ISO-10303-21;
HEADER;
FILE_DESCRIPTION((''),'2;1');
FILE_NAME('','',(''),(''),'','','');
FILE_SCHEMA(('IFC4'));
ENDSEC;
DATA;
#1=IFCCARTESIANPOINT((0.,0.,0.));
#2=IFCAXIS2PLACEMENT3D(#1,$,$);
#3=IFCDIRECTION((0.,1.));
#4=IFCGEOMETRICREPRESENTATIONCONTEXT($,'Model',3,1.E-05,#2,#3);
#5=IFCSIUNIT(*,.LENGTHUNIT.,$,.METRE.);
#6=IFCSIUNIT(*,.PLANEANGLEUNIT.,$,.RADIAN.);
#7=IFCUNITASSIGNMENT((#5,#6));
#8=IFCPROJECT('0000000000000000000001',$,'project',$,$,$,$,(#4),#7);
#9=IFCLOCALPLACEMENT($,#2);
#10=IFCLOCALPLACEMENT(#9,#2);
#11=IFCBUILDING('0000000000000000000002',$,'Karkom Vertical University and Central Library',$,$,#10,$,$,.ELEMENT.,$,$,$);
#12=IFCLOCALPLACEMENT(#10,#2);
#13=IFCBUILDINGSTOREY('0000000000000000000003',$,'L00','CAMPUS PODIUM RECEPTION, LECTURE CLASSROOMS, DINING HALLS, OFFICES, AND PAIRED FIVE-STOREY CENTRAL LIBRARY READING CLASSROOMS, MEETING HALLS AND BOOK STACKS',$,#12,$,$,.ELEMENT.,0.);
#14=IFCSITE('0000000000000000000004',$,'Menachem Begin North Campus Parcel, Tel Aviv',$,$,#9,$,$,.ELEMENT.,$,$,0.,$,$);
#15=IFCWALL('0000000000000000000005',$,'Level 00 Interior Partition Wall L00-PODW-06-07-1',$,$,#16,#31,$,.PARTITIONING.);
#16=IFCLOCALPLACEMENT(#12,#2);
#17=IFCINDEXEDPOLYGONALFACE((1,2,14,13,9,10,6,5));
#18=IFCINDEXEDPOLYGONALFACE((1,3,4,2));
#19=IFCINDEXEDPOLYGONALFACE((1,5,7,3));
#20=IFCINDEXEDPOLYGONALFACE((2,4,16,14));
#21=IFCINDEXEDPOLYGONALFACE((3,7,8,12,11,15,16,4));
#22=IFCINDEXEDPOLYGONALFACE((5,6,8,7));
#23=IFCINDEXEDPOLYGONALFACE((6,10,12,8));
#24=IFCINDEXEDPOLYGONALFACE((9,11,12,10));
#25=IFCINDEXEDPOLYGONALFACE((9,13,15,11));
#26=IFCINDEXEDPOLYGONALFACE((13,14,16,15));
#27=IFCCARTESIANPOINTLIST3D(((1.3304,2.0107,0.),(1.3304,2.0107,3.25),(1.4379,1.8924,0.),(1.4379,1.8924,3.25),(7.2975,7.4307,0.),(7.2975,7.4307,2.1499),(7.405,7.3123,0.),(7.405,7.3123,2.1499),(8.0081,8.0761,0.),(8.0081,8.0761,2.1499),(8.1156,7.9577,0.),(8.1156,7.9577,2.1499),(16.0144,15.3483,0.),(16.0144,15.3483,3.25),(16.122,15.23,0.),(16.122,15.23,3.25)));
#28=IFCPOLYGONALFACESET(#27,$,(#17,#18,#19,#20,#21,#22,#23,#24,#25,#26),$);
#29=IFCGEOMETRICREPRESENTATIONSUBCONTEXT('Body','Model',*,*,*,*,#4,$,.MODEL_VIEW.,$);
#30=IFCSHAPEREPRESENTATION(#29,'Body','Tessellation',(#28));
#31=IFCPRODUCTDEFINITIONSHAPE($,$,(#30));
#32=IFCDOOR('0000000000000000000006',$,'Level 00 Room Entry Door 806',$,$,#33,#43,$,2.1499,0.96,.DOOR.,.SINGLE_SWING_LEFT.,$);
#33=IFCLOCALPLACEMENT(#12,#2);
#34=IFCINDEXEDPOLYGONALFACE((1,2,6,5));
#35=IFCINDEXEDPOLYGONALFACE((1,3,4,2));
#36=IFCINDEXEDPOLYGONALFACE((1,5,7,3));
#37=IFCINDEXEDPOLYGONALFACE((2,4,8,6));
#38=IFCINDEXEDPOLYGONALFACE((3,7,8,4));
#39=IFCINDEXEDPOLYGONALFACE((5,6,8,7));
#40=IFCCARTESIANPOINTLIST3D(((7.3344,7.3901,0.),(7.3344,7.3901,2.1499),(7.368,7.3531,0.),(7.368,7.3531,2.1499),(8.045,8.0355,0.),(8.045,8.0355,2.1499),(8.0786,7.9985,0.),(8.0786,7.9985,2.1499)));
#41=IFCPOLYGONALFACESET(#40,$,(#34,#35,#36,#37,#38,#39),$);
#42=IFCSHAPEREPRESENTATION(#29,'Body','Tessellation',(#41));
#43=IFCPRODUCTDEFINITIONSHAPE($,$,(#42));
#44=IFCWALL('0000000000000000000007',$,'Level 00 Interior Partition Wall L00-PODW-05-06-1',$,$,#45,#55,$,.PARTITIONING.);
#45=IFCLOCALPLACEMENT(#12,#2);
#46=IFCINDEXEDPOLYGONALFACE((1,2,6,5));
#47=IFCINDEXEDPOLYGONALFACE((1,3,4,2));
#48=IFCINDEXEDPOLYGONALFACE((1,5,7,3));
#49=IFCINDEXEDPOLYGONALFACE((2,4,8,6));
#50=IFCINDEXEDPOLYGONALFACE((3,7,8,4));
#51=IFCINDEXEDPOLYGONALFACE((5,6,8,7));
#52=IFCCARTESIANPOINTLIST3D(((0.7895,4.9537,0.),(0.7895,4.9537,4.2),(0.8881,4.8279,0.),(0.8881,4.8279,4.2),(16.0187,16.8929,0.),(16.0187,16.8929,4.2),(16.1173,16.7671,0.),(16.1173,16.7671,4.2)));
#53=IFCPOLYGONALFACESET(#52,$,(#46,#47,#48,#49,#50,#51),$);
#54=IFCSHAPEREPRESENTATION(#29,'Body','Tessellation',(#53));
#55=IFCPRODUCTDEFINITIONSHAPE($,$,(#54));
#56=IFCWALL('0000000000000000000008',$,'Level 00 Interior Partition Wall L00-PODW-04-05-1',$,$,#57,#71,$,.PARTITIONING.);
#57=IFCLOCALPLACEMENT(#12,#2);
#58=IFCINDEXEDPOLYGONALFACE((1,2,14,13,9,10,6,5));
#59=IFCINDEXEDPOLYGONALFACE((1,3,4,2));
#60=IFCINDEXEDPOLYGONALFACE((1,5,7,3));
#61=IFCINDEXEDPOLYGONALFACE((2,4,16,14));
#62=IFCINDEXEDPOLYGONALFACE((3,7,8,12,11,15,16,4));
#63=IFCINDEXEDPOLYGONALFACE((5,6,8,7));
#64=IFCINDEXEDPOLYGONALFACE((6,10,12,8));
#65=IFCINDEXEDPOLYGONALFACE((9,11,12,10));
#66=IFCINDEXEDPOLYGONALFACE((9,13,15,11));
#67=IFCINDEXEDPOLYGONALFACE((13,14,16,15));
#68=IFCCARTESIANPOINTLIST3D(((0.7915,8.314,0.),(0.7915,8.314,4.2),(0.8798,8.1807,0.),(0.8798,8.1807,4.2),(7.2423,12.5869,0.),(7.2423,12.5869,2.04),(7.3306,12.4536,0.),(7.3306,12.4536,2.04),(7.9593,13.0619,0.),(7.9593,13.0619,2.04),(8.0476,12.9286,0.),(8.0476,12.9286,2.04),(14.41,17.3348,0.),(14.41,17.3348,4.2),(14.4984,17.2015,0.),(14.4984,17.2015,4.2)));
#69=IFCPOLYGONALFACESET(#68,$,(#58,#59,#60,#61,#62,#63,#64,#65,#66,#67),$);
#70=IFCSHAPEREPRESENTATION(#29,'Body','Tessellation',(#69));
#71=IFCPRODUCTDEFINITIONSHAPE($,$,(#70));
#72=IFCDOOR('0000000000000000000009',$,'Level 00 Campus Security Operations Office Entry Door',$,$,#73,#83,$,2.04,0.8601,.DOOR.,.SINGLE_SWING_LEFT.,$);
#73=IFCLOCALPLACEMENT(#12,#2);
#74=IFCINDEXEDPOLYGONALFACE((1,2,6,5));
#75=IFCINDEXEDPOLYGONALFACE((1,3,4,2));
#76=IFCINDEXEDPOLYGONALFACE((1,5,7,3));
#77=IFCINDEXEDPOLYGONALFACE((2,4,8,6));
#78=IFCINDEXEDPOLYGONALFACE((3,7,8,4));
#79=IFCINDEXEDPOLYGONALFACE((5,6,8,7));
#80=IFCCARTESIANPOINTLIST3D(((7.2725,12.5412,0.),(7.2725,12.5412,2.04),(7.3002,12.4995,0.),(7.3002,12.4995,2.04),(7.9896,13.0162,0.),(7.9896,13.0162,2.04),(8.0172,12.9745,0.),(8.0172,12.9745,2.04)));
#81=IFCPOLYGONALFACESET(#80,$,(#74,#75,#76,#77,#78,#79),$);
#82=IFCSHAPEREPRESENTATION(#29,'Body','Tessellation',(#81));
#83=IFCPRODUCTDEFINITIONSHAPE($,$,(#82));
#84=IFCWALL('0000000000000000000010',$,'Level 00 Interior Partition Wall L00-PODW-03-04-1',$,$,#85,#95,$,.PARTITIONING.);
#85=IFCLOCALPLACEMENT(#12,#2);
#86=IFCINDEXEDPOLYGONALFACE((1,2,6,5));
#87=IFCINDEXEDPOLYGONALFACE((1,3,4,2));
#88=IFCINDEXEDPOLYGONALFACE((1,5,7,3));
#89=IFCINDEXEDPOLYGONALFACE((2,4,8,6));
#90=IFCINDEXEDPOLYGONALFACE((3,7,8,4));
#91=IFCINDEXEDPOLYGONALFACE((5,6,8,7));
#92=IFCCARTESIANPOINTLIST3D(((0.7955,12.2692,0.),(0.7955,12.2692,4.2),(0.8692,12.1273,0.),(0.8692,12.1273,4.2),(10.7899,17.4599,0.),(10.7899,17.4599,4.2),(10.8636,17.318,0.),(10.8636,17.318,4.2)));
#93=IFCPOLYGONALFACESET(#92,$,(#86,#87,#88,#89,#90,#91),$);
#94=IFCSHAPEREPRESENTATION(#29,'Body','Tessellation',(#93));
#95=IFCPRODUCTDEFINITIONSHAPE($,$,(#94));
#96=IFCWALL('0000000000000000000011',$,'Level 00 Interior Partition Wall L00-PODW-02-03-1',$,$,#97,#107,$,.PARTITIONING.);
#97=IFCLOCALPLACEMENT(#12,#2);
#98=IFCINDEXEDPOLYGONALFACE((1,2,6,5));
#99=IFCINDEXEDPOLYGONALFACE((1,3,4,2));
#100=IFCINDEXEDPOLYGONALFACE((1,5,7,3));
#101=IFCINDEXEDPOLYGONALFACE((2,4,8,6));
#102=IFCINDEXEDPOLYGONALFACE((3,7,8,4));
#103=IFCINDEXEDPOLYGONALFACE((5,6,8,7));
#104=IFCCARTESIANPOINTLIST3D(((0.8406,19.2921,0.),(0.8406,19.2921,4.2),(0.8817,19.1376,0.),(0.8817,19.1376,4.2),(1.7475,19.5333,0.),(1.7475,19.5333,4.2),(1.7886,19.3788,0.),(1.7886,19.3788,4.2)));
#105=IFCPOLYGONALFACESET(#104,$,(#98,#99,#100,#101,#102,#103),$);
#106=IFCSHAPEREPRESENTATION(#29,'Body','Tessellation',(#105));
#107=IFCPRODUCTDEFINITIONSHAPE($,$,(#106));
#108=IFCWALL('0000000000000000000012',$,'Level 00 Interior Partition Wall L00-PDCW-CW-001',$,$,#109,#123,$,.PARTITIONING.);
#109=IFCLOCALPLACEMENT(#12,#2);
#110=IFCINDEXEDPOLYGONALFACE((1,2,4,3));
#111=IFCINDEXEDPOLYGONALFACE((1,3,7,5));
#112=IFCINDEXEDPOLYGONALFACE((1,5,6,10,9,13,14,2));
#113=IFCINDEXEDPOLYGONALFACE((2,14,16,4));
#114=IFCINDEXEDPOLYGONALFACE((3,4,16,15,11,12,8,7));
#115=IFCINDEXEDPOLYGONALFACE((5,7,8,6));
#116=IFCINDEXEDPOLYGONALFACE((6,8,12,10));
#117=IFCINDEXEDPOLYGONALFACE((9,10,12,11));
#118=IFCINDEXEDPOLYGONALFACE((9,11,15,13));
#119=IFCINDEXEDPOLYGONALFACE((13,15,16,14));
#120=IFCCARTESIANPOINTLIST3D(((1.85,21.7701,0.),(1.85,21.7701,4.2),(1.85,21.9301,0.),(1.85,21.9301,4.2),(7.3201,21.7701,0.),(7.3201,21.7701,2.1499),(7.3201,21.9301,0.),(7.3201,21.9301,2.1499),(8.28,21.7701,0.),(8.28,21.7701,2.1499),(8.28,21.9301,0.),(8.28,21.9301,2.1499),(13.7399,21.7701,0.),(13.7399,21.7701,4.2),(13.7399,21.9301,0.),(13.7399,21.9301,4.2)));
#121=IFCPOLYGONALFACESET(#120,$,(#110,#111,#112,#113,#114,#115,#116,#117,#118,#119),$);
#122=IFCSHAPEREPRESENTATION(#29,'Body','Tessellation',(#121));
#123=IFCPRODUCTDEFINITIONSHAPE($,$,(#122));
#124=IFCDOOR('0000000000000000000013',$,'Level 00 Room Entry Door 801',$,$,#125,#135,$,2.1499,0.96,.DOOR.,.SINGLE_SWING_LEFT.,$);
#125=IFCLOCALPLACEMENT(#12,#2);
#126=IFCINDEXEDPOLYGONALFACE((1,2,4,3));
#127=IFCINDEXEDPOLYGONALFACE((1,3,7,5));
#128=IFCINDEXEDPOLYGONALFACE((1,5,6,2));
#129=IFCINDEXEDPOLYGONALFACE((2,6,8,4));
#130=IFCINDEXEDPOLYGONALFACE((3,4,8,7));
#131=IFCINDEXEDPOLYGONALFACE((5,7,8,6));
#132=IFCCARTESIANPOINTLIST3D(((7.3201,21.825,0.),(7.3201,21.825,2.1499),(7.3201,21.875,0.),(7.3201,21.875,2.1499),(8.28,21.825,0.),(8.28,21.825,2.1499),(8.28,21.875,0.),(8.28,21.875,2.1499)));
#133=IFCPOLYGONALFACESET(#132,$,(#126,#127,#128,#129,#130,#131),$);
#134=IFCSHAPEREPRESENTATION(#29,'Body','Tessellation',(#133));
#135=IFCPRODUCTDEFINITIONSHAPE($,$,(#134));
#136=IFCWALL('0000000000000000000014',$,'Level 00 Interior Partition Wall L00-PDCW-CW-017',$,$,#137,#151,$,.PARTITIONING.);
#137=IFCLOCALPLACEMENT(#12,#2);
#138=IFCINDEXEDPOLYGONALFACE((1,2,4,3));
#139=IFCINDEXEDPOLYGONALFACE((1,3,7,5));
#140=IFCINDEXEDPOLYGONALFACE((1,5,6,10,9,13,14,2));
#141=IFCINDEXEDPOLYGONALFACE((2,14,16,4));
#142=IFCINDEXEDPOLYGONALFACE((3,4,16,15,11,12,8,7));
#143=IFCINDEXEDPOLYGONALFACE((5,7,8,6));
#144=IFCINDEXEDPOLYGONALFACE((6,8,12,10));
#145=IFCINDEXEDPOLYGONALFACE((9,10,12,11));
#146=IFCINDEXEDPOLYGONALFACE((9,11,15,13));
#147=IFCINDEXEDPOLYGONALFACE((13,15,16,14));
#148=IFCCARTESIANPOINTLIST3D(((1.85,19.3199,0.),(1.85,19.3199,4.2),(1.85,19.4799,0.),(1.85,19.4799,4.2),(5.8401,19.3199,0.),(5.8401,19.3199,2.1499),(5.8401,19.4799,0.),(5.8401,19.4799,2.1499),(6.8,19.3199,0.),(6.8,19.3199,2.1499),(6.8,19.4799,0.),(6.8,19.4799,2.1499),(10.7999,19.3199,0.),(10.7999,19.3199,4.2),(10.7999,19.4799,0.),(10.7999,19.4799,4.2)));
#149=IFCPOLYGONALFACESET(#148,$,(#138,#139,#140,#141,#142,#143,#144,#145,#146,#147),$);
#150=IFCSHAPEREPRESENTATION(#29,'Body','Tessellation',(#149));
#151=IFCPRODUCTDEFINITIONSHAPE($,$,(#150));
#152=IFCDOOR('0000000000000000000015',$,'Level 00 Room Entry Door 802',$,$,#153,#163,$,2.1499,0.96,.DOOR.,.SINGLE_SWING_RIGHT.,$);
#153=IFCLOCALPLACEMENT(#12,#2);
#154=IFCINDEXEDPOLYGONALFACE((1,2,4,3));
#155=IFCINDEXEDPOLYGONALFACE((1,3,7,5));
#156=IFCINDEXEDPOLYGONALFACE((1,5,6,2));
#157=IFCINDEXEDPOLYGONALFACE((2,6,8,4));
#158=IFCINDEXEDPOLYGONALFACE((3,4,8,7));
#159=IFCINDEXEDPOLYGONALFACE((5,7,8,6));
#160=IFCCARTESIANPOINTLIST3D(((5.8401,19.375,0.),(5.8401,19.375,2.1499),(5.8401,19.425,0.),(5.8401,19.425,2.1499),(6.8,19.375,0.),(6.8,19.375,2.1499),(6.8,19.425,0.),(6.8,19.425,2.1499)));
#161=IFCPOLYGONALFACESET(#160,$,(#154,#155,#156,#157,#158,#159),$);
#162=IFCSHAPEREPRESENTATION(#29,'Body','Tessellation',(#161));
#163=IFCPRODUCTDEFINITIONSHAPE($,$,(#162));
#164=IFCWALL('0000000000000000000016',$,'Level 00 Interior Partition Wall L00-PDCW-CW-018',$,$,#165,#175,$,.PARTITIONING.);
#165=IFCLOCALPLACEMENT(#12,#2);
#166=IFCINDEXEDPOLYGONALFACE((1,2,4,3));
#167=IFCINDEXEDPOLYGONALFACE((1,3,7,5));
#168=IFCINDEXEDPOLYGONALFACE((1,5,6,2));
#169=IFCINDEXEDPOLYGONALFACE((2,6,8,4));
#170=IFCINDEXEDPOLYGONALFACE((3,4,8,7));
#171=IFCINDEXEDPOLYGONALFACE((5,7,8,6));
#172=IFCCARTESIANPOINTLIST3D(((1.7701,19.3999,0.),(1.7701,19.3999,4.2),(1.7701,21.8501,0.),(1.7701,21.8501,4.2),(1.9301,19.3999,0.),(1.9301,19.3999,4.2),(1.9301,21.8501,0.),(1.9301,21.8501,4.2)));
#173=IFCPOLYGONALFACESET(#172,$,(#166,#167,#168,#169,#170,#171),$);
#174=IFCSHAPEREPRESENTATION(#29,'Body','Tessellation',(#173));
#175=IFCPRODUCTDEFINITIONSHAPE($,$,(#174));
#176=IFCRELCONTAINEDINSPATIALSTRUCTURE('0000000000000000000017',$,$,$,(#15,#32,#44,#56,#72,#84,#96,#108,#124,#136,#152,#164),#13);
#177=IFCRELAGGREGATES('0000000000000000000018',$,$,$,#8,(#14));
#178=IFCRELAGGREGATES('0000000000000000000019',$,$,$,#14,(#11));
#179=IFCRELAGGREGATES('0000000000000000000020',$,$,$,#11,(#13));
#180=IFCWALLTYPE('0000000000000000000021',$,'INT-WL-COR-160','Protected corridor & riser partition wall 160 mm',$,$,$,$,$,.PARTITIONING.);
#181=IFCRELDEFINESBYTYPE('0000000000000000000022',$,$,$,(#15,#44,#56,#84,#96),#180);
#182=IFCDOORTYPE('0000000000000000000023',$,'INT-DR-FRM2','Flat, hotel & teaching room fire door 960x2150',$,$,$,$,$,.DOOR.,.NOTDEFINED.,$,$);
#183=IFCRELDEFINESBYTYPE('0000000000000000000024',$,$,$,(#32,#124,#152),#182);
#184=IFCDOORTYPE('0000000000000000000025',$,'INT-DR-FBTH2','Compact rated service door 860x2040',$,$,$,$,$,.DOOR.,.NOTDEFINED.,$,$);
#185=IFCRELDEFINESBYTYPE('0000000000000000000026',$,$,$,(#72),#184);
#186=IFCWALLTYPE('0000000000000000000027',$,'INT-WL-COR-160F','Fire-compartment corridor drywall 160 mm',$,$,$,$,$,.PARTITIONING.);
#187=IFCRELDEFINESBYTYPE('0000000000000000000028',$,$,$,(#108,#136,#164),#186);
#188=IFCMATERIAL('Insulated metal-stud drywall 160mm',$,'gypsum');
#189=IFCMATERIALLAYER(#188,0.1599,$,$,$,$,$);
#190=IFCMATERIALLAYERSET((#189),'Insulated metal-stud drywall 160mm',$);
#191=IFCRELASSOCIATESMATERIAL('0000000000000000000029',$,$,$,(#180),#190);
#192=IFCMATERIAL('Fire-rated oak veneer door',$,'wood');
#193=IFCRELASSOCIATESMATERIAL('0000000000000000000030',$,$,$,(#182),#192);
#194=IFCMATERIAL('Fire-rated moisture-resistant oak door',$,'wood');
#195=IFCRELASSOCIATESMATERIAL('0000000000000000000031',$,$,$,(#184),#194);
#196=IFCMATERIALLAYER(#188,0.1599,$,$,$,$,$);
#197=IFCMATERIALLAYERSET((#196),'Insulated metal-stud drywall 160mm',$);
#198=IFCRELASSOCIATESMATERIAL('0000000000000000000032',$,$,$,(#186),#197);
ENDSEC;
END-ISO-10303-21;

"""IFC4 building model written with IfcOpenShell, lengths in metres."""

from ifc_helpers import new_model, si_unit, direction, frame, frame_2d, origin, origin_with_axes, place, context, subcontext, project, spatial, rectangle, extrude, source, transform, mapped, material, layer, layer_set, type_object, element, fill, save


model = new_model("IFC4")

# Units and contexts
model_context = context("Model", 3, precision=1e-05, world=origin(), true_north=direction((0.0, 1.0)))
body_context = subcontext(model_context, "Body", "Model", "MODEL_VIEW")
ifc_project = project(units=[si_unit("LENGTHUNIT", "METRE"), si_unit("PLANEANGLEUNIT", "RADIAN")], contexts=[model_context])

# Site, building, storey
site_placement = place(None, origin())
site = spatial("IfcSite", under=ifc_project, at=site_placement, Name="Menachem Begin North Campus Parcel, Tel Aviv", CompositionType="ELEMENT", RefElevation=0.0)
building_placement = place(site_placement, origin())
building = spatial("IfcBuilding", under=site, at=building_placement, Name="Karkom Vertical University and Central Library", CompositionType="ELEMENT")
storey_placement = place(building_placement, origin())
storey = spatial("IfcBuildingStorey", under=building, at=storey_placement, Name="L00", Description="CAMPUS PODIUM RECEPTION, LECTURE CLASSROOMS, DINING HALLS, OFFICES, AND PAIRED FIVE-STOREY CENTRAL LIBRARY READING CLASSROOMS, MEETING HALLS AND BOOK STACKS", CompositionType="ELEMENT", Elevation=0.0)

# Wall, opening, door
ifc_material_1 = material(Name="Insulated metal-stud drywall 160mm", Category="gypsum")
ifc_layer_1 = layer(ifc_material_1, 0.1599)
ifc_layer_set_1 = layer_set([ifc_layer_1], Name="Insulated metal-stud drywall 160mm")
wall_type_1 = type_object("IfcWallType", Name="INT-WL-COR-160", Description="Protected corridor & riser partition wall 160 mm", PredefinedType="PARTITIONING", material=ifc_layer_set_1)
wall_1_placement = place(storey_placement, frame((16.0681, 15.2891, 0.0), z_axis=(0.0, 0.0, 1.0), x_axis=(-0.740229, -0.672355, 0.0)))
wall_1 = element("IfcWall", 1, at=wall_1_placement, inside=storey, type_object=wall_type_1, Name="Level 00 Interior Partition Wall L00-PODW-06-07-1", PredefinedType="PARTITIONING", context=body_context, shape_type="SweptSolid", body=[
    extrude(rectangle(XDim=19.8372, YDim=0.1599, at=frame_2d((9.9185, 0.0))), origin(), (0.0, 0.0, 1.0), 3.25),
])
opening_1_placement = place(wall_1_placement, frame((10.8159, 0.0, 0.0)))
opening_1 = element("IfcOpeningElement", 2, at=opening_1_placement, cuts=wall_1, PredefinedType="OPENING", context=body_context, shape_type="SweptSolid", body=[
    extrude(rectangle(XDim=0.96, YDim=2.1499, at=frame_2d((0.48, 1.075))), frame((0.0, 0.0898, 0.0), z_axis=(0.0, -1.0, 0.0), x_axis=(1.0, 0.0, 0.0)), (0.0, 0.0, 1.0), 0.1799),
])
ifc_material_2 = material(Name="Fire-rated oak veneer door", Category="wood")
door_type_1 = type_object("IfcDoorType", Name="INT-DR-FRM2", Description="Flat, hotel & teaching room fire door 960x2150", OperationType="NOTDEFINED", PredefinedType="DOOR", material=ifc_material_2)
shared_shape_1 = source(origin_with_axes(), body_context, "Body", "SweptSolid", [
    extrude(rectangle(XDim=0.96, YDim=2.1499, at=frame_2d((0.48, 1.075))), frame((0.0, 0.0249, 0.0), z_axis=(0.0, -1.0, 0.0), x_axis=(1.0, 0.0, 0.0)), (0.0, 0.0, 1.0), 0.05),
])
door_1_placement = place(opening_1_placement, origin())
door_1 = element("IfcDoor", 3, at=door_1_placement, inside=storey, type_object=door_type_1, Name="Level 00 Room Entry Door 806", OperationType="SINGLE_SWING_LEFT", OverallHeight=2.1499, OverallWidth=0.96, PredefinedType="DOOR", context=body_context, shape_type="MappedRepresentation", body=[
    mapped(shared_shape_1, transform((0.0, 0.0, 0.0), scale=1.0)),
])
fill(opening_1, door_1)

# Wall
wall_2_placement = place(storey_placement, frame((16.0681, 16.8301, 0.0), z_axis=(0.0, 0.0, 1.0), x_axis=(-0.786986, -0.61697, 0.0)))
element("IfcWall", 4, at=wall_2_placement, inside=storey, type_object=wall_type_1, Name="Level 00 Interior Partition Wall L00-PODW-05-06-1", PredefinedType="PARTITIONING", context=body_context, shape_type="SweptSolid", body=[
    extrude(rectangle(XDim=19.3513, YDim=0.1599, at=frame_2d((9.6758, 0.0))), origin(), (0.0, 0.0, 1.0), 4.2),
])

# Wall, opening, door
wall_3_placement = place(storey_placement, frame((14.4541, 17.2681, 0.0), z_axis=(0.0, 0.0, 1.0), x_axis=(-0.833691, -0.552232, 0.0)))
wall_3 = element("IfcWall", 5, at=wall_3_placement, inside=storey, type_object=wall_type_1, Name="Level 00 Interior Partition Wall L00-PODW-04-05-1", PredefinedType="PARTITIONING", context=body_context, shape_type="SweptSolid", body=[
    extrude(rectangle(XDim=16.3352, YDim=0.1599, at=frame_2d((8.1675, 0.0))), origin(), (0.0, 0.0, 1.0), 4.2),
])
opening_2_placement = place(wall_3_placement, frame((7.7373, 0.0, 0.0)))
opening_2 = element("IfcOpeningElement", 6, at=opening_2_placement, cuts=wall_3, PredefinedType="OPENING", context=body_context, shape_type="SweptSolid", body=[
    extrude(rectangle(XDim=0.8601, YDim=2.04, at=frame_2d((0.4302, 1.02))), frame((0.0, 0.0898, 0.0), z_axis=(0.0, -1.0, 0.0), x_axis=(1.0, 0.0, 0.0)), (0.0, 0.0, 1.0), 0.1799),
])
ifc_material_3 = material(Name="Fire-rated moisture-resistant oak door", Category="wood")
door_type_2 = type_object("IfcDoorType", Name="INT-DR-FBTH2", Description="Compact rated service door 860x2040", OperationType="NOTDEFINED", PredefinedType="DOOR", material=ifc_material_3)
shared_shape_2 = source(origin_with_axes(), body_context, "Body", "SweptSolid", [
    extrude(rectangle(XDim=0.8601, YDim=2.04, at=frame_2d((0.4302, 1.02))), frame((0.0, 0.0249, 0.0), z_axis=(0.0, -1.0, 0.0), x_axis=(1.0, 0.0, 0.0)), (0.0, 0.0, 1.0), 0.05),
])
door_2_placement = place(opening_2_placement, origin())
door_2 = element("IfcDoor", 7, at=door_2_placement, inside=storey, type_object=door_type_2, Name="Level 00 Campus Security Operations Office Entry Door", OperationType="SINGLE_SWING_LEFT", OverallHeight=2.04, OverallWidth=0.8601, PredefinedType="DOOR", context=body_context, shape_type="MappedRepresentation", body=[
    mapped(shared_shape_2, transform((0.0, 0.0, 0.0), scale=1.0)),
])
fill(opening_2, door_2)

# Walls
wall_4_placement = place(storey_placement, frame((10.8267, 17.3889, 0.0), z_axis=(0.0, 0.0, 1.0), x_axis=(-0.88745, -0.460905, 0.0)))
element("IfcWall", 8, at=wall_4_placement, inside=storey, type_object=wall_type_1, Name="Level 00 Interior Partition Wall L00-PODW-03-04-1", PredefinedType="PARTITIONING", context=body_context, shape_type="SweptSolid", body=[
    extrude(rectangle(XDim=11.262, YDim=0.1599, at=frame_2d((5.6309, 0.0))), origin(), (0.0, 0.0, 1.0), 4.2),
])
wall_5_placement = place(storey_placement, frame((1.7681, 19.4561, 0.0), z_axis=(0.0, 0.0, 1.0), x_axis=(-0.966407, -0.257015, 0.0)))
element("IfcWall", 9, at=wall_5_placement, inside=storey, type_object=wall_type_1, Name="Level 00 Interior Partition Wall L00-PODW-02-03-1", PredefinedType="PARTITIONING", context=body_context, shape_type="SweptSolid", body=[
    extrude(rectangle(XDim=0.9385, YDim=0.1599, at=frame_2d((0.4692, 0.0))), origin(), (0.0, 0.0, 1.0), 4.2),
])

# Walls, openings, doors
ifc_layer_2 = layer(ifc_material_1, 0.1599)
ifc_layer_set_2 = layer_set([ifc_layer_2], Name="Insulated metal-stud drywall 160mm")
wall_type_2 = type_object("IfcWallType", Name="INT-WL-COR-160F", Description="Fire-compartment corridor drywall 160 mm", PredefinedType="PARTITIONING", material=ifc_layer_set_2)
wall_6_placement = place(storey_placement, frame((1.8501, 21.8501, 0.0), z_axis=(0.0, 0.0, 1.0), x_axis=(1.0, 0.0, 0.0)))
wall_6 = element("IfcWall", 10, at=wall_6_placement, inside=storey, type_object=wall_type_2, Name="Level 00 Interior Partition Wall L00-PDCW-CW-001", PredefinedType="PARTITIONING", context=body_context, shape_type="SweptSolid", body=[
    extrude(rectangle(XDim=11.8899, YDim=0.1599, at=frame_2d((5.9448, 0.0))), origin(), (0.0, 0.0, 1.0), 4.2),
])
opening_3_placement = place(wall_6_placement, frame((5.47, 0.0, 0.0)))
opening_3 = element("IfcOpeningElement", 11, at=opening_3_placement, cuts=wall_6, PredefinedType="OPENING", context=body_context, shape_type="SweptSolid", body=[
    extrude(rectangle(XDim=0.96, YDim=2.1499, at=frame_2d((0.48, 1.075))), frame((0.0, 0.0898, 0.0), z_axis=(0.0, -1.0, 0.0), x_axis=(1.0, 0.0, 0.0)), (0.0, 0.0, 1.0), 0.1799),
])
door_3_placement = place(opening_3_placement, origin())
door_3 = element("IfcDoor", 12, at=door_3_placement, inside=storey, type_object=door_type_1, Name="Level 00 Room Entry Door 801", OperationType="SINGLE_SWING_LEFT", OverallHeight=2.1499, OverallWidth=0.96, PredefinedType="DOOR", context=body_context, shape_type="MappedRepresentation", body=[
    mapped(shared_shape_1, transform((0.0, 0.0, 0.0), scale=1.0)),
])
fill(opening_3, door_3)
wall_7_placement = place(storey_placement, frame((10.8, 19.3999, 0.0), z_axis=(0.0, 0.0, 1.0), x_axis=(-1.0, 0.0, 0.0)))
wall_7 = element("IfcWall", 13, at=wall_7_placement, inside=storey, type_object=wall_type_2, Name="Level 00 Interior Partition Wall L00-PDCW-CW-017", PredefinedType="PARTITIONING", context=body_context, shape_type="SweptSolid", body=[
    extrude(rectangle(XDim=8.95, YDim=0.1599, at=frame_2d((4.4751, 0.0))), origin(), (0.0, 0.0, 1.0), 4.2),
])
opening_4_placement = place(wall_7_placement, frame((4.0, 0.0, 0.0)))
opening_4 = element("IfcOpeningElement", 14, at=opening_4_placement, cuts=wall_7, PredefinedType="OPENING", context=body_context, shape_type="SweptSolid", body=[
    extrude(rectangle(XDim=0.96, YDim=2.1499, at=frame_2d((0.48, 1.075))), frame((0.0, 0.0898, 0.0), z_axis=(0.0, -1.0, 0.0), x_axis=(1.0, 0.0, 0.0)), (0.0, 0.0, 1.0), 0.1799),
])
door_4_placement = place(opening_4_placement, origin())
door_4 = element("IfcDoor", 15, at=door_4_placement, inside=storey, type_object=door_type_1, Name="Level 00 Room Entry Door 802", OperationType="SINGLE_SWING_RIGHT", OverallHeight=2.1499, OverallWidth=0.96, PredefinedType="DOOR", context=body_context, shape_type="MappedRepresentation", body=[
    mapped(shared_shape_1, transform((0.0, 0.0, 0.0), scale=1.0)),
])
fill(opening_4, door_4)

# Wall
wall_8_placement = place(storey_placement, frame((1.8501, 19.3999, 0.0), z_axis=(0.0, 0.0, 1.0), x_axis=(0.0, 1.0, 0.0)))
element("IfcWall", 16, at=wall_8_placement, inside=storey, type_object=wall_type_2, Name="Level 00 Interior Partition Wall L00-PDCW-CW-018", PredefinedType="PARTITIONING", context=body_context, shape_type="SweptSolid", body=[
    extrude(rectangle(XDim=2.4502, YDim=0.1599, at=frame_2d((1.2251, 0.0))), origin(), (0.0, 0.0, 1.0), 4.2),
])

save(model, "model.ifc")
